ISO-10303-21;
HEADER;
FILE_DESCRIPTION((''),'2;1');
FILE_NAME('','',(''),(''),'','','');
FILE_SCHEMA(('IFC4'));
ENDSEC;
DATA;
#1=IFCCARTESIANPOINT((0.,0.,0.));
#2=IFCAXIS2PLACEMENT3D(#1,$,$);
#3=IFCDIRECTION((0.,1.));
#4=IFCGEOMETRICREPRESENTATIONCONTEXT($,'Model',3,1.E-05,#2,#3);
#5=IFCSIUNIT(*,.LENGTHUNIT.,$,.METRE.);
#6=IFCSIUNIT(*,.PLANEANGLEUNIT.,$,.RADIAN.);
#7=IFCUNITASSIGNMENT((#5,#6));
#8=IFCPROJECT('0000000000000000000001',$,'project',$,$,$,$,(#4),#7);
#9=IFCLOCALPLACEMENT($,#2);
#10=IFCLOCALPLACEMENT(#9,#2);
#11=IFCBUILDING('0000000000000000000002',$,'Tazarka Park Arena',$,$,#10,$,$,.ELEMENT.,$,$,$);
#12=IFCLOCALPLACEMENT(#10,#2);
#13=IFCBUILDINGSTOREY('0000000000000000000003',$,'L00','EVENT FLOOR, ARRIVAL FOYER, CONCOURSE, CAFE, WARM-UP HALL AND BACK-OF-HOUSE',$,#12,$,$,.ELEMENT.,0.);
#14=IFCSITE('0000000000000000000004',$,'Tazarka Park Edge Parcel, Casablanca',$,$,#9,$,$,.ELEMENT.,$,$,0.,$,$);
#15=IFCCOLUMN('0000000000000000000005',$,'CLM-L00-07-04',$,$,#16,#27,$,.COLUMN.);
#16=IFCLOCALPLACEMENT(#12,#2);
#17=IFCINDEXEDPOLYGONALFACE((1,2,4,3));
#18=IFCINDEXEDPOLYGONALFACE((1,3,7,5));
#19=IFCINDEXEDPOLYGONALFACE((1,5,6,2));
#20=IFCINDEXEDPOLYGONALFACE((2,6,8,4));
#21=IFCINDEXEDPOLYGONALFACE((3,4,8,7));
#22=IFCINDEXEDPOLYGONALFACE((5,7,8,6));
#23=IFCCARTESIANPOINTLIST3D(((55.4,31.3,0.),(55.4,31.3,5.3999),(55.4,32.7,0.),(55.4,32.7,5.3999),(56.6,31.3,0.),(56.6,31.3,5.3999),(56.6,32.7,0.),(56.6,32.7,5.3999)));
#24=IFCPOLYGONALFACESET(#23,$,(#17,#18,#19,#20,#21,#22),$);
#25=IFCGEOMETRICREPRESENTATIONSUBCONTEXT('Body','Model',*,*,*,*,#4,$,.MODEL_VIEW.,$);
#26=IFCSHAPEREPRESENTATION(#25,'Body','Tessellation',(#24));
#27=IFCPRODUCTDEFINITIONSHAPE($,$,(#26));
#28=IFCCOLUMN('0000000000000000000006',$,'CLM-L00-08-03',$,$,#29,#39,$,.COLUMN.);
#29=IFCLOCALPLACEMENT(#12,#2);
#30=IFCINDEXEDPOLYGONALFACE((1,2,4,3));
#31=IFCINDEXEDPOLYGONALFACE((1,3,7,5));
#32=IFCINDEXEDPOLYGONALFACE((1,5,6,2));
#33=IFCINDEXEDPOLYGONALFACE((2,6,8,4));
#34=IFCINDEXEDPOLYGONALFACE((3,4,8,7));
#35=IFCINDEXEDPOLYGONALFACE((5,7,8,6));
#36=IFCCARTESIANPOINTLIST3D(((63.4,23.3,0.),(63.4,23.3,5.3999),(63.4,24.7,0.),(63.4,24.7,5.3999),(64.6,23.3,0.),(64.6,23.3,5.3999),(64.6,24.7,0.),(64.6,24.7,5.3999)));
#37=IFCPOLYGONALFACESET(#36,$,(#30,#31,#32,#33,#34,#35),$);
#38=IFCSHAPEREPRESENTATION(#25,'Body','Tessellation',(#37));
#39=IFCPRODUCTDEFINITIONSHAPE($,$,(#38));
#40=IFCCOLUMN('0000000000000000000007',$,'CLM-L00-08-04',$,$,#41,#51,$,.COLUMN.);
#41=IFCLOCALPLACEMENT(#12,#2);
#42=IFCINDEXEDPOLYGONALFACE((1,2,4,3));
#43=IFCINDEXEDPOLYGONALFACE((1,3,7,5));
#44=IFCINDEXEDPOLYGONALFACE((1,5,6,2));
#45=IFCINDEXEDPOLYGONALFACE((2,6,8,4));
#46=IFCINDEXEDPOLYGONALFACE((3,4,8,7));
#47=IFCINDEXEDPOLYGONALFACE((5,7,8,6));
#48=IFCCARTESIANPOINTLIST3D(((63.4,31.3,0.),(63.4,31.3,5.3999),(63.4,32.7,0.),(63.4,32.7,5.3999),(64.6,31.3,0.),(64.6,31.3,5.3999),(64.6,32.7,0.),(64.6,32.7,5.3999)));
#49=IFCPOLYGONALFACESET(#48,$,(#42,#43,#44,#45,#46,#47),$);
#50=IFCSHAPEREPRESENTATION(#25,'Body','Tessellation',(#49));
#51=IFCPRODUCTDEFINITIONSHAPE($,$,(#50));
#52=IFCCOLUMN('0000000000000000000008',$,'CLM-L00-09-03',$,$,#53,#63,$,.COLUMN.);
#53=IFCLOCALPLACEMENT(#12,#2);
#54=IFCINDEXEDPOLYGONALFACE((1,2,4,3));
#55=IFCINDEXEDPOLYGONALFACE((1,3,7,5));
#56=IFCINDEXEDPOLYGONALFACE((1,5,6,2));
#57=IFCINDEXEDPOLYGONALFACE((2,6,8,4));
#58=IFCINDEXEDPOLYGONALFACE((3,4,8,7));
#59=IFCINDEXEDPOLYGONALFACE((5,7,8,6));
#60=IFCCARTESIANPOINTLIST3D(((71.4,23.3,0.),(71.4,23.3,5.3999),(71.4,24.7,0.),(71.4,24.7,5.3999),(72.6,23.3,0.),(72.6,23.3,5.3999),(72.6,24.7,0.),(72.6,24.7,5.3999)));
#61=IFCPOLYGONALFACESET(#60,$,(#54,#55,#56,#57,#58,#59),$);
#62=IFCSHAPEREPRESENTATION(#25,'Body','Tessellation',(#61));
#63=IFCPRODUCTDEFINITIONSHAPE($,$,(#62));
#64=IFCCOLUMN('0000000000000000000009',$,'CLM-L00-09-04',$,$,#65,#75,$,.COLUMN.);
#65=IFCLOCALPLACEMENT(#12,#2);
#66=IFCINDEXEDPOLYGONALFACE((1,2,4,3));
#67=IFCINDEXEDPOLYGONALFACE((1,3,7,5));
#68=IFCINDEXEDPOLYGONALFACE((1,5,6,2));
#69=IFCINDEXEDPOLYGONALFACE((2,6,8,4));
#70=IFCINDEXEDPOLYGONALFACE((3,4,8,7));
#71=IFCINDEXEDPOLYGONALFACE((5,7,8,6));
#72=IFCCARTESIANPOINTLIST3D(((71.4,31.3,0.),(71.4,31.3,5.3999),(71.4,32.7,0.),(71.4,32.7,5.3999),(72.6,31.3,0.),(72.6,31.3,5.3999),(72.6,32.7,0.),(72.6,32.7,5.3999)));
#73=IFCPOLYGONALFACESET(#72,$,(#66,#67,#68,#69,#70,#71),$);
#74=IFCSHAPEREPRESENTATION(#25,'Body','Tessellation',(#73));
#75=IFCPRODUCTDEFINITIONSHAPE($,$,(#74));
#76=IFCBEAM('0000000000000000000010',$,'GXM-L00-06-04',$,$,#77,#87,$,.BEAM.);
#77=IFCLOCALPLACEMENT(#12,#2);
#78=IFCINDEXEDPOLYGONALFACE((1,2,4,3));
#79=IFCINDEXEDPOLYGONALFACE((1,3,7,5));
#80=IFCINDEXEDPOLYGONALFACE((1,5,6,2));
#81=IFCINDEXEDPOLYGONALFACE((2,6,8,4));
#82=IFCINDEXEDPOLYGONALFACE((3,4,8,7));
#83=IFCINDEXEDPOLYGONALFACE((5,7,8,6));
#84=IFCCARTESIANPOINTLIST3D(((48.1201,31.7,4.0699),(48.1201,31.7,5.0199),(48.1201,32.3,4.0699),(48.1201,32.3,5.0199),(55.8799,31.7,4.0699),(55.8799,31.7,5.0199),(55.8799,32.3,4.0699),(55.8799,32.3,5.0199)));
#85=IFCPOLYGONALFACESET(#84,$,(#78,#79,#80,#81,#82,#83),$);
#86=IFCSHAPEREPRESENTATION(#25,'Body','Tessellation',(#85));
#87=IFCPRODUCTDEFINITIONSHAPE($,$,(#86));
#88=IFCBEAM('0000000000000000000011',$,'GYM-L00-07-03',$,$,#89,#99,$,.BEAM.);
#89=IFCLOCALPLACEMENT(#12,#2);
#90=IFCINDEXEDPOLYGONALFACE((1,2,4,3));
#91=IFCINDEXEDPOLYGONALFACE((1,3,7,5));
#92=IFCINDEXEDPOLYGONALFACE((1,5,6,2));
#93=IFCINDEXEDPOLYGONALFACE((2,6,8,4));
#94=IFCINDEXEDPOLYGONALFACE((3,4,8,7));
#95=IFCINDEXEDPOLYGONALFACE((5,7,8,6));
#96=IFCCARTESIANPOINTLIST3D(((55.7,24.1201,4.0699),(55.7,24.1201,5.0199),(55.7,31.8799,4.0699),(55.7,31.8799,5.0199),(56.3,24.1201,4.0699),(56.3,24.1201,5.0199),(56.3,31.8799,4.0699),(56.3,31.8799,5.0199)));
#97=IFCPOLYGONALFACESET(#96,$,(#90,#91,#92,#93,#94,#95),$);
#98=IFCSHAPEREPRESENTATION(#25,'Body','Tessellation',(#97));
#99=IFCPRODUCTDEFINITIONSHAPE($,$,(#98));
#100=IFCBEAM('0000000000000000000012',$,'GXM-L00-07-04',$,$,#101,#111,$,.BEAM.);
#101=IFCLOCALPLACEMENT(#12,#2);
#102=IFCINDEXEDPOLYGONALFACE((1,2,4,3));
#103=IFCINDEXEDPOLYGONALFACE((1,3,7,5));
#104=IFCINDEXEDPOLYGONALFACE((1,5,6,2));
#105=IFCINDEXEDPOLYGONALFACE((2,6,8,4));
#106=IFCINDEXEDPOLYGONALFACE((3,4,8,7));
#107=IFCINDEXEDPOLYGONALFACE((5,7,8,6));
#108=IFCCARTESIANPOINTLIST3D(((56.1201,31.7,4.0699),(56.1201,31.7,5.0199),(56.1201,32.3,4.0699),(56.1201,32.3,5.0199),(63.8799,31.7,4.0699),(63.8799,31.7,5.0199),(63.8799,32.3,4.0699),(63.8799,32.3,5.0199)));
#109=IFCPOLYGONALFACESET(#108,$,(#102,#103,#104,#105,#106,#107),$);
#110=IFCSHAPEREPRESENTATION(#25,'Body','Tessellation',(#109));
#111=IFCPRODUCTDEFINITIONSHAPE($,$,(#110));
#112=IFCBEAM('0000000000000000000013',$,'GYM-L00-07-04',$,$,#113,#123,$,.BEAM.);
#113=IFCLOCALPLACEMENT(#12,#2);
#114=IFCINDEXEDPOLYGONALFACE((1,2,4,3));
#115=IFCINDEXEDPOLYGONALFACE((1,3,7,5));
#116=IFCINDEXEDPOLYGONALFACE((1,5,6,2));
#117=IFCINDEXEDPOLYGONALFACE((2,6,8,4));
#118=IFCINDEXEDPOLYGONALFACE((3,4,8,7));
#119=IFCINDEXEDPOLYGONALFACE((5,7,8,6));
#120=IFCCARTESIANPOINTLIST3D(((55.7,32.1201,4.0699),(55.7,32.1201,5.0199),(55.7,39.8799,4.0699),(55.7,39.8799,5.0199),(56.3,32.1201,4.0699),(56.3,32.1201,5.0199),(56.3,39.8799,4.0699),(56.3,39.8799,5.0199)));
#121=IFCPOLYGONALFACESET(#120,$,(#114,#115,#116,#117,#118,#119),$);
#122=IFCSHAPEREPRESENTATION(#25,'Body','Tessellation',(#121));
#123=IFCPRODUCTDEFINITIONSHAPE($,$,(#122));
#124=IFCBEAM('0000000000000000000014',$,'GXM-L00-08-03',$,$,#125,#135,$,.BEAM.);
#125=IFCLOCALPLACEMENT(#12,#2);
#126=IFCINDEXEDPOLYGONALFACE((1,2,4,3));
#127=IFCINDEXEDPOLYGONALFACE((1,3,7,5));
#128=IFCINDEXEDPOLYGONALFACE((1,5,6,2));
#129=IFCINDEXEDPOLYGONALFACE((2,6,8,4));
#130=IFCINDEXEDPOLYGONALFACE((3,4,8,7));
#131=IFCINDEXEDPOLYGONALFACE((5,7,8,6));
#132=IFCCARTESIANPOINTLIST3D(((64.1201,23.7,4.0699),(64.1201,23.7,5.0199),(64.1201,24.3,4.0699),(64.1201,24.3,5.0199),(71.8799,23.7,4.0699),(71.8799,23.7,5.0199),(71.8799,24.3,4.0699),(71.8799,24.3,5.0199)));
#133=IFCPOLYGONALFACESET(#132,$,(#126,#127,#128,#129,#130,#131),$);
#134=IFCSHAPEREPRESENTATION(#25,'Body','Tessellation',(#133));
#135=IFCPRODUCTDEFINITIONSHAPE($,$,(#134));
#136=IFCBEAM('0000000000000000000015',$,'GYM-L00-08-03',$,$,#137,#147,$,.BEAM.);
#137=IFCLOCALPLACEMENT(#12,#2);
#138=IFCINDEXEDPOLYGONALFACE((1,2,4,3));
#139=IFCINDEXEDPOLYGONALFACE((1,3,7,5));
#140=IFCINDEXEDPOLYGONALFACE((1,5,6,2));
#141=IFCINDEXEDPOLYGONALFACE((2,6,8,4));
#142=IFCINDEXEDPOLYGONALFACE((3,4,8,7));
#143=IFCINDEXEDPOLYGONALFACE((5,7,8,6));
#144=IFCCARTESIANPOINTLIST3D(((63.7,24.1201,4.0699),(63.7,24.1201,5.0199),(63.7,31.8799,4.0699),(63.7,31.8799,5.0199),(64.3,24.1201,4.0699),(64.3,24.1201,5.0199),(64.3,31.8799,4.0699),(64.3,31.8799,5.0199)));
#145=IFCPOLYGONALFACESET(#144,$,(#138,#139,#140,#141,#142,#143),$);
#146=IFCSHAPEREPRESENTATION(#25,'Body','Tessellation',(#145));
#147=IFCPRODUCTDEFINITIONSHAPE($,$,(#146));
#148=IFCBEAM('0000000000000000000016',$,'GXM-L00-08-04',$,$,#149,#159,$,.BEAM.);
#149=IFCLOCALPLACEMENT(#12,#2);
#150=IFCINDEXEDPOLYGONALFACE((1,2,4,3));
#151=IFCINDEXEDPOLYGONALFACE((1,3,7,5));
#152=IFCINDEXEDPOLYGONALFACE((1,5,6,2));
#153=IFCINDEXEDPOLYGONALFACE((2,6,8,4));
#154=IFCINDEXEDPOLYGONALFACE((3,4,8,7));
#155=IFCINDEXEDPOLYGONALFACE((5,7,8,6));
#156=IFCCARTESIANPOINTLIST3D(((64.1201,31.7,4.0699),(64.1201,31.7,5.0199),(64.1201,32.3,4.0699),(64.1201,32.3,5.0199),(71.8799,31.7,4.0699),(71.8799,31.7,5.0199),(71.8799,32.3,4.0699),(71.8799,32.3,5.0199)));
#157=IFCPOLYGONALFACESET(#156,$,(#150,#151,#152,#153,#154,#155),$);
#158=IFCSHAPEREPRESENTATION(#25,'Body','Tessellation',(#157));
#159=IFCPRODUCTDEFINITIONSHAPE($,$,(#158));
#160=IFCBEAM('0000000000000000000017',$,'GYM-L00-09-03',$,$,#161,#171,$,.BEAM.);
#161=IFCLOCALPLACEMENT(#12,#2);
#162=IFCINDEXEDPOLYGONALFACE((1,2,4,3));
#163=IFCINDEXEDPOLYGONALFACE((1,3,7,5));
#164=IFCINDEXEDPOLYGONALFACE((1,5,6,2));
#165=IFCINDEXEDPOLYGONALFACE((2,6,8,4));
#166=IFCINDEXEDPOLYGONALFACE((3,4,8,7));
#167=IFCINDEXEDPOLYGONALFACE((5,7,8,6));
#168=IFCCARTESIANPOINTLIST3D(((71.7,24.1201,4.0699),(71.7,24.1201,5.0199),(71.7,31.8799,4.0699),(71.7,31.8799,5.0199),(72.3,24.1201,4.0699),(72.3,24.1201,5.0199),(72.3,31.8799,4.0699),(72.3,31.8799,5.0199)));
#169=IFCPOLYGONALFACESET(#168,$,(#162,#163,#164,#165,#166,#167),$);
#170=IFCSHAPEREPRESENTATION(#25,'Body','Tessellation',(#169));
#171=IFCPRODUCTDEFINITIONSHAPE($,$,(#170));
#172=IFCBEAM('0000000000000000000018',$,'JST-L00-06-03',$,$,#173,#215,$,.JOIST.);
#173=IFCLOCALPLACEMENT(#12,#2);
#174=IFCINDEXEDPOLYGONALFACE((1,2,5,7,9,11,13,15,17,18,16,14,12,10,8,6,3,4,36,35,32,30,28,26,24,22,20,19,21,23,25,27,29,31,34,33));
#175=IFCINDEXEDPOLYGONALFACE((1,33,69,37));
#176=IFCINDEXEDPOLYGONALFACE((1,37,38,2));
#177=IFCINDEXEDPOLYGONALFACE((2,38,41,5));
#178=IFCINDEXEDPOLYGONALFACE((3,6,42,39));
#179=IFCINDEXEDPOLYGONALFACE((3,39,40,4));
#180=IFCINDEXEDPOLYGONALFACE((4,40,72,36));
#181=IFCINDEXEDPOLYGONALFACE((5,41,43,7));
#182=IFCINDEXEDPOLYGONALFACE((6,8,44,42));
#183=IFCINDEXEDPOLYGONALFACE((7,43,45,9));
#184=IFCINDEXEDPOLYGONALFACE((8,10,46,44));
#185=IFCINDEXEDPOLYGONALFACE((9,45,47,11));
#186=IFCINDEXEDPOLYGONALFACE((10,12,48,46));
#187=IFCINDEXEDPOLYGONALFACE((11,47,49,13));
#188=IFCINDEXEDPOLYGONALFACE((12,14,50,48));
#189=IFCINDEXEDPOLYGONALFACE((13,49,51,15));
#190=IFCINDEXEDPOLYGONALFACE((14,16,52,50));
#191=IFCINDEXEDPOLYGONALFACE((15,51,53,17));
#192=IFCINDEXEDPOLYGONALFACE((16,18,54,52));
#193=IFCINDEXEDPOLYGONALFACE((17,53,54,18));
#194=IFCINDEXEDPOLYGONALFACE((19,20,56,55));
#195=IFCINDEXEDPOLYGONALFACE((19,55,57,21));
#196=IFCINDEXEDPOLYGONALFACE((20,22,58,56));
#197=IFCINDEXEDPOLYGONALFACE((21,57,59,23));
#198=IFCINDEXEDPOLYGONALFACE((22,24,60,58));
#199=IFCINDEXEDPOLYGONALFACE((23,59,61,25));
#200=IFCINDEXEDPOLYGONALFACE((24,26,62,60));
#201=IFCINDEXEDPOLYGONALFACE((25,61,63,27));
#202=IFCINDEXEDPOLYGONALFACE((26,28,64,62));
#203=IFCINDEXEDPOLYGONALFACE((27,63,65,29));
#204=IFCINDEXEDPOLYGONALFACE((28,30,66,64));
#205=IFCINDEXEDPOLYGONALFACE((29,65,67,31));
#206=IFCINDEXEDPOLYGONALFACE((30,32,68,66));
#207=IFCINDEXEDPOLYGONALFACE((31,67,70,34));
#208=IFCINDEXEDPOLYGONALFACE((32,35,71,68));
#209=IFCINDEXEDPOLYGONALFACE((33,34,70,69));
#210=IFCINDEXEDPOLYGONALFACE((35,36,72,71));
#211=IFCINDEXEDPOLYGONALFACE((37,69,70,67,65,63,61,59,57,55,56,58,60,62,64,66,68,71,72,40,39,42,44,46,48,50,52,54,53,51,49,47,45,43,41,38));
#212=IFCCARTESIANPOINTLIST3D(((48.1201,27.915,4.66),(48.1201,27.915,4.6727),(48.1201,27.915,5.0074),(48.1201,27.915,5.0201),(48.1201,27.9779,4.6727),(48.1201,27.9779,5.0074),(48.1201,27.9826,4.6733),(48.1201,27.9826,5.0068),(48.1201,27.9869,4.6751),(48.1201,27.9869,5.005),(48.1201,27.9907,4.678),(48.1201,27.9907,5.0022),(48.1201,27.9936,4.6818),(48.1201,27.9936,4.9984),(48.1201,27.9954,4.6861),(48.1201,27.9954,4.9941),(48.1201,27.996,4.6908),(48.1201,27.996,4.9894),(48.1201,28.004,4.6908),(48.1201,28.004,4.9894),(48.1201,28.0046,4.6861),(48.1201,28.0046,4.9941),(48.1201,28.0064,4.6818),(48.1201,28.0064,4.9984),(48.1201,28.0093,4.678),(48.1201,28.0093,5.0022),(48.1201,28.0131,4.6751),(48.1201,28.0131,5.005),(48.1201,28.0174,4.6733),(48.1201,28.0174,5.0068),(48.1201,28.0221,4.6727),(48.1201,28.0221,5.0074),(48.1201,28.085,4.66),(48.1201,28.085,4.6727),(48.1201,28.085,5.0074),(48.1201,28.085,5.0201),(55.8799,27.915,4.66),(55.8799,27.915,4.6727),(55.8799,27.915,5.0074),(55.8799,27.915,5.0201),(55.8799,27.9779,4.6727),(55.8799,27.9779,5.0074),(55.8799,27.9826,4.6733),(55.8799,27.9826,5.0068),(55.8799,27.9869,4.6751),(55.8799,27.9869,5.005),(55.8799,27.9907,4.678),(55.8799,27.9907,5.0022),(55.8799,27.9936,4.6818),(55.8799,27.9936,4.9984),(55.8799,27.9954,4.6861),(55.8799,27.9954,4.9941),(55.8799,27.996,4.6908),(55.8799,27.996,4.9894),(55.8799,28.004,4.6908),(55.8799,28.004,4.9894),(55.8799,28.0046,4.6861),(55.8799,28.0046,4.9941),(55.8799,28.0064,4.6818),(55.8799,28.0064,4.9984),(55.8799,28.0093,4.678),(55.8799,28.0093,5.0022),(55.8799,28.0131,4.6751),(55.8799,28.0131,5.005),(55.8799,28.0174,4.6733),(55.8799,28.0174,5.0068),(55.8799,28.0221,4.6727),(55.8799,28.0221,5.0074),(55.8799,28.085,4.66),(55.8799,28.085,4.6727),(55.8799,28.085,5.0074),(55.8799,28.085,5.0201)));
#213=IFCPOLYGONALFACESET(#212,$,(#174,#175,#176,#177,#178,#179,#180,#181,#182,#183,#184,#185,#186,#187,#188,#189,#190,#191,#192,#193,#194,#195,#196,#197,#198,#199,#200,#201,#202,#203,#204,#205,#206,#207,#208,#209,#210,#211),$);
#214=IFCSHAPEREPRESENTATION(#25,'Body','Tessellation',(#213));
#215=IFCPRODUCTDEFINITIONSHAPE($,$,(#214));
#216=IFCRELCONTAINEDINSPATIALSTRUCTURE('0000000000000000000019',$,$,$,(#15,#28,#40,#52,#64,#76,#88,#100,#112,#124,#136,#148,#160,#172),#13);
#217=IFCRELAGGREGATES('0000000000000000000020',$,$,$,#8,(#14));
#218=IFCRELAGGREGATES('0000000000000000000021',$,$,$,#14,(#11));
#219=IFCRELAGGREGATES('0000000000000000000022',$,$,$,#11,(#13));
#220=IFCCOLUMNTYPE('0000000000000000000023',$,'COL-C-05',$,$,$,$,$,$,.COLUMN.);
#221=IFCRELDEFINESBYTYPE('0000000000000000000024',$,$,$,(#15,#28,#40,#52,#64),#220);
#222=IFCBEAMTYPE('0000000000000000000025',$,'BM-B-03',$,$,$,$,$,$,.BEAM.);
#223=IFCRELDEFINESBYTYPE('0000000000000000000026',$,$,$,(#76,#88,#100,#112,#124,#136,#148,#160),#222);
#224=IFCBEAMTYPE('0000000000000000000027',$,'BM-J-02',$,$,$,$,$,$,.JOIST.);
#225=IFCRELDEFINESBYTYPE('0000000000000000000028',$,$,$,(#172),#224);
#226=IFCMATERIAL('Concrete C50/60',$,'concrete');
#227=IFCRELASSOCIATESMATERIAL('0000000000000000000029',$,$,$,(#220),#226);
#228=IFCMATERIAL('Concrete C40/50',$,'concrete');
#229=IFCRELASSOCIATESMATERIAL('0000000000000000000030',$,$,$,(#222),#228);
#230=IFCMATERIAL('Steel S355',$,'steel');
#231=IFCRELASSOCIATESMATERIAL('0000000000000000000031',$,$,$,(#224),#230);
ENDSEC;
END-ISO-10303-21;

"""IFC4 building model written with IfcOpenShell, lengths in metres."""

from ifc_helpers import new_model, si_unit, direction, frame, origin, origin_2d, place, context, subcontext, project, spatial, rectangle, i_section, extrude, material, material_profile, profile_set, type_object, element, save


model = new_model("IFC4")

# Units and contexts
model_context = context("Model", 3, precision=1e-05, world=origin(), true_north=direction((0.0, 1.0)))
body_context = subcontext(model_context, "Body", "Model", "MODEL_VIEW")
ifc_project = project(units=[si_unit("LENGTHUNIT", "METRE"), si_unit("PLANEANGLEUNIT", "RADIAN")], contexts=[model_context])

# Site, building, storey
site_placement = place(None, origin())
site = spatial("IfcSite", under=ifc_project, at=site_placement, Name="Tazarka Park Edge Parcel, Casablanca", CompositionType="ELEMENT", RefElevation=0.0)
building_placement = place(site_placement, origin())
building = spatial("IfcBuilding", under=site, at=building_placement, Name="Tazarka Park Arena", CompositionType="ELEMENT")
storey_placement = place(building_placement, origin())
storey = spatial("IfcBuildingStorey", under=building, at=storey_placement, Name="L00", Description="EVENT FLOOR, ARRIVAL FOYER, CONCOURSE, CAFE, WARM-UP HALL AND BACK-OF-HOUSE", CompositionType="ELEMENT", Elevation=0.0)

# Columns
ifc_material_1 = material(Name="Concrete C50/60", Category="concrete")
ifc_material_profile_1 = material_profile(ifc_material_1, rectangle(XDim=1.2, YDim=1.3999, at=origin_2d()), Name="Concrete C50/60")
ifc_profile_set_1 = profile_set([ifc_material_profile_1], Name="Concrete C50/60")
column_type = type_object("IfcColumnType", Name="COL-C-05", PredefinedType="COLUMN", material=ifc_profile_set_1)
for number, where, z_axis, x_axis, name in (
    (1, (56.0, 32.0, 0.0), (0.0, 0.0, 1.0), (1.0, 0.0, 0.0), "CLM-L00-07-04"),
    (2, (64.0, 24.0, 0.0), (0.0, 0.0, 1.0), (1.0, 0.0, 0.0), "CLM-L00-08-03"),
    (3, (64.0, 32.0, 0.0), (0.0, 0.0, 1.0), (1.0, 0.0, 0.0), "CLM-L00-08-04"),
    (4, (72.0, 24.0, 0.0), (0.0, 0.0, 1.0), (1.0, 0.0, 0.0), "CLM-L00-09-03"),
    (5, (72.0, 32.0, 0.0), (0.0, 0.0, 1.0), (1.0, 0.0, 0.0), "CLM-L00-09-04"),
):
    element("IfcColumn", number, at=place(storey_placement, frame(where, z_axis=z_axis, x_axis=x_axis)), inside=storey, type_object=column_type, Name=name, PredefinedType="COLUMN", context=body_context, shape_type="SweptSolid", body=[
        extrude(rectangle(XDim=1.2, YDim=1.3999, at=origin_2d()), origin(), (0.0, 0.0, 1.0), 5.3999),
    ])

# Beams
ifc_material_2 = material(Name="Concrete C40/50", Category="concrete")
ifc_material_profile_2 = material_profile(ifc_material_2, rectangle(XDim=0.6001, YDim=0.95, at=origin_2d()), Name="Concrete C40/50")
ifc_profile_set_2 = profile_set([ifc_material_profile_2], Name="Concrete C40/50")
beam_type_1 = type_object("IfcBeamType", Name="BM-B-03", PredefinedType="BEAM", material=ifc_profile_set_2)
for number, where, z_axis, x_axis, name in (
    (6, (48.1201, 32.0, 4.5449), (1.0, 0.0, 0.0), (0.0, 1.0, 0.0), "GXM-L00-06-04"),
    (7, (56.0, 24.1201, 4.5449), (0.0, 1.0, 0.0), (-1.0, 0.0, 0.0), "GYM-L00-07-03"),
    (8, (56.1201, 32.0, 4.5449), (1.0, 0.0, 0.0), (0.0, 1.0, 0.0), "GXM-L00-07-04"),
    (9, (56.0, 32.1201, 4.5449), (0.0, 1.0, 0.0), (-1.0, 0.0, 0.0), "GYM-L00-07-04"),
    (10, (64.1201, 24.0, 4.5449), (1.0, 0.0, 0.0), (0.0, 1.0, 0.0), "GXM-L00-08-03"),
    (11, (64.0, 24.1201, 4.5449), (0.0, 1.0, 0.0), (-1.0, 0.0, 0.0), "GYM-L00-08-03"),
    (12, (64.1201, 32.0, 4.5449), (1.0, 0.0, 0.0), (0.0, 1.0, 0.0), "GXM-L00-08-04"),
    (13, (72.0, 24.1201, 4.5449), (0.0, 1.0, 0.0), (-1.0, 0.0, 0.0), "GYM-L00-09-03"),
):
    element("IfcBeam", number, at=place(storey_placement, frame(where, z_axis=z_axis, x_axis=x_axis)), inside=storey, type_object=beam_type_1, Name=name, PredefinedType="BEAM", context=body_context, shape_type="SweptSolid", body=[
        extrude(rectangle(XDim=0.6001, YDim=0.95, at=origin_2d()), origin(), (0.0, 0.0, 1.0), 7.7598),
    ])
ifc_material_3 = material(Name="Steel S355", Category="steel")
ifc_material_profile_3 = material_profile(ifc_material_3, i_section(OverallWidth=0.1699, OverallDepth=0.3601, WebThickness=0.0081, FlangeThickness=0.0127, FilletRadius=0.0181, at=origin_2d()), Name="Steel S355")
ifc_profile_set_3 = profile_set([ifc_material_profile_3], Name="Steel S355")
beam_type_2 = type_object("IfcBeamType", Name="BM-J-02", PredefinedType="JOIST", material=ifc_profile_set_3)
beam_1_placement = place(storey_placement, frame((48.1201, 28.0, 4.8401), z_axis=(1.0, 0.0, 0.0), x_axis=(0.0, 1.0, 0.0)))
element("IfcBeam", 14, at=beam_1_placement, inside=storey, type_object=beam_type_2, Name="JST-L00-06-03", PredefinedType="JOIST", context=body_context, shape_type="SweptSolid", body=[
    extrude(i_section(OverallWidth=0.1699, OverallDepth=0.3601, WebThickness=0.0081, FlangeThickness=0.0127, FilletRadius=0.0181, at=origin_2d()), origin(), (0.0, 0.0, 1.0), 7.7598),
])

save(model, "model.ifc")
